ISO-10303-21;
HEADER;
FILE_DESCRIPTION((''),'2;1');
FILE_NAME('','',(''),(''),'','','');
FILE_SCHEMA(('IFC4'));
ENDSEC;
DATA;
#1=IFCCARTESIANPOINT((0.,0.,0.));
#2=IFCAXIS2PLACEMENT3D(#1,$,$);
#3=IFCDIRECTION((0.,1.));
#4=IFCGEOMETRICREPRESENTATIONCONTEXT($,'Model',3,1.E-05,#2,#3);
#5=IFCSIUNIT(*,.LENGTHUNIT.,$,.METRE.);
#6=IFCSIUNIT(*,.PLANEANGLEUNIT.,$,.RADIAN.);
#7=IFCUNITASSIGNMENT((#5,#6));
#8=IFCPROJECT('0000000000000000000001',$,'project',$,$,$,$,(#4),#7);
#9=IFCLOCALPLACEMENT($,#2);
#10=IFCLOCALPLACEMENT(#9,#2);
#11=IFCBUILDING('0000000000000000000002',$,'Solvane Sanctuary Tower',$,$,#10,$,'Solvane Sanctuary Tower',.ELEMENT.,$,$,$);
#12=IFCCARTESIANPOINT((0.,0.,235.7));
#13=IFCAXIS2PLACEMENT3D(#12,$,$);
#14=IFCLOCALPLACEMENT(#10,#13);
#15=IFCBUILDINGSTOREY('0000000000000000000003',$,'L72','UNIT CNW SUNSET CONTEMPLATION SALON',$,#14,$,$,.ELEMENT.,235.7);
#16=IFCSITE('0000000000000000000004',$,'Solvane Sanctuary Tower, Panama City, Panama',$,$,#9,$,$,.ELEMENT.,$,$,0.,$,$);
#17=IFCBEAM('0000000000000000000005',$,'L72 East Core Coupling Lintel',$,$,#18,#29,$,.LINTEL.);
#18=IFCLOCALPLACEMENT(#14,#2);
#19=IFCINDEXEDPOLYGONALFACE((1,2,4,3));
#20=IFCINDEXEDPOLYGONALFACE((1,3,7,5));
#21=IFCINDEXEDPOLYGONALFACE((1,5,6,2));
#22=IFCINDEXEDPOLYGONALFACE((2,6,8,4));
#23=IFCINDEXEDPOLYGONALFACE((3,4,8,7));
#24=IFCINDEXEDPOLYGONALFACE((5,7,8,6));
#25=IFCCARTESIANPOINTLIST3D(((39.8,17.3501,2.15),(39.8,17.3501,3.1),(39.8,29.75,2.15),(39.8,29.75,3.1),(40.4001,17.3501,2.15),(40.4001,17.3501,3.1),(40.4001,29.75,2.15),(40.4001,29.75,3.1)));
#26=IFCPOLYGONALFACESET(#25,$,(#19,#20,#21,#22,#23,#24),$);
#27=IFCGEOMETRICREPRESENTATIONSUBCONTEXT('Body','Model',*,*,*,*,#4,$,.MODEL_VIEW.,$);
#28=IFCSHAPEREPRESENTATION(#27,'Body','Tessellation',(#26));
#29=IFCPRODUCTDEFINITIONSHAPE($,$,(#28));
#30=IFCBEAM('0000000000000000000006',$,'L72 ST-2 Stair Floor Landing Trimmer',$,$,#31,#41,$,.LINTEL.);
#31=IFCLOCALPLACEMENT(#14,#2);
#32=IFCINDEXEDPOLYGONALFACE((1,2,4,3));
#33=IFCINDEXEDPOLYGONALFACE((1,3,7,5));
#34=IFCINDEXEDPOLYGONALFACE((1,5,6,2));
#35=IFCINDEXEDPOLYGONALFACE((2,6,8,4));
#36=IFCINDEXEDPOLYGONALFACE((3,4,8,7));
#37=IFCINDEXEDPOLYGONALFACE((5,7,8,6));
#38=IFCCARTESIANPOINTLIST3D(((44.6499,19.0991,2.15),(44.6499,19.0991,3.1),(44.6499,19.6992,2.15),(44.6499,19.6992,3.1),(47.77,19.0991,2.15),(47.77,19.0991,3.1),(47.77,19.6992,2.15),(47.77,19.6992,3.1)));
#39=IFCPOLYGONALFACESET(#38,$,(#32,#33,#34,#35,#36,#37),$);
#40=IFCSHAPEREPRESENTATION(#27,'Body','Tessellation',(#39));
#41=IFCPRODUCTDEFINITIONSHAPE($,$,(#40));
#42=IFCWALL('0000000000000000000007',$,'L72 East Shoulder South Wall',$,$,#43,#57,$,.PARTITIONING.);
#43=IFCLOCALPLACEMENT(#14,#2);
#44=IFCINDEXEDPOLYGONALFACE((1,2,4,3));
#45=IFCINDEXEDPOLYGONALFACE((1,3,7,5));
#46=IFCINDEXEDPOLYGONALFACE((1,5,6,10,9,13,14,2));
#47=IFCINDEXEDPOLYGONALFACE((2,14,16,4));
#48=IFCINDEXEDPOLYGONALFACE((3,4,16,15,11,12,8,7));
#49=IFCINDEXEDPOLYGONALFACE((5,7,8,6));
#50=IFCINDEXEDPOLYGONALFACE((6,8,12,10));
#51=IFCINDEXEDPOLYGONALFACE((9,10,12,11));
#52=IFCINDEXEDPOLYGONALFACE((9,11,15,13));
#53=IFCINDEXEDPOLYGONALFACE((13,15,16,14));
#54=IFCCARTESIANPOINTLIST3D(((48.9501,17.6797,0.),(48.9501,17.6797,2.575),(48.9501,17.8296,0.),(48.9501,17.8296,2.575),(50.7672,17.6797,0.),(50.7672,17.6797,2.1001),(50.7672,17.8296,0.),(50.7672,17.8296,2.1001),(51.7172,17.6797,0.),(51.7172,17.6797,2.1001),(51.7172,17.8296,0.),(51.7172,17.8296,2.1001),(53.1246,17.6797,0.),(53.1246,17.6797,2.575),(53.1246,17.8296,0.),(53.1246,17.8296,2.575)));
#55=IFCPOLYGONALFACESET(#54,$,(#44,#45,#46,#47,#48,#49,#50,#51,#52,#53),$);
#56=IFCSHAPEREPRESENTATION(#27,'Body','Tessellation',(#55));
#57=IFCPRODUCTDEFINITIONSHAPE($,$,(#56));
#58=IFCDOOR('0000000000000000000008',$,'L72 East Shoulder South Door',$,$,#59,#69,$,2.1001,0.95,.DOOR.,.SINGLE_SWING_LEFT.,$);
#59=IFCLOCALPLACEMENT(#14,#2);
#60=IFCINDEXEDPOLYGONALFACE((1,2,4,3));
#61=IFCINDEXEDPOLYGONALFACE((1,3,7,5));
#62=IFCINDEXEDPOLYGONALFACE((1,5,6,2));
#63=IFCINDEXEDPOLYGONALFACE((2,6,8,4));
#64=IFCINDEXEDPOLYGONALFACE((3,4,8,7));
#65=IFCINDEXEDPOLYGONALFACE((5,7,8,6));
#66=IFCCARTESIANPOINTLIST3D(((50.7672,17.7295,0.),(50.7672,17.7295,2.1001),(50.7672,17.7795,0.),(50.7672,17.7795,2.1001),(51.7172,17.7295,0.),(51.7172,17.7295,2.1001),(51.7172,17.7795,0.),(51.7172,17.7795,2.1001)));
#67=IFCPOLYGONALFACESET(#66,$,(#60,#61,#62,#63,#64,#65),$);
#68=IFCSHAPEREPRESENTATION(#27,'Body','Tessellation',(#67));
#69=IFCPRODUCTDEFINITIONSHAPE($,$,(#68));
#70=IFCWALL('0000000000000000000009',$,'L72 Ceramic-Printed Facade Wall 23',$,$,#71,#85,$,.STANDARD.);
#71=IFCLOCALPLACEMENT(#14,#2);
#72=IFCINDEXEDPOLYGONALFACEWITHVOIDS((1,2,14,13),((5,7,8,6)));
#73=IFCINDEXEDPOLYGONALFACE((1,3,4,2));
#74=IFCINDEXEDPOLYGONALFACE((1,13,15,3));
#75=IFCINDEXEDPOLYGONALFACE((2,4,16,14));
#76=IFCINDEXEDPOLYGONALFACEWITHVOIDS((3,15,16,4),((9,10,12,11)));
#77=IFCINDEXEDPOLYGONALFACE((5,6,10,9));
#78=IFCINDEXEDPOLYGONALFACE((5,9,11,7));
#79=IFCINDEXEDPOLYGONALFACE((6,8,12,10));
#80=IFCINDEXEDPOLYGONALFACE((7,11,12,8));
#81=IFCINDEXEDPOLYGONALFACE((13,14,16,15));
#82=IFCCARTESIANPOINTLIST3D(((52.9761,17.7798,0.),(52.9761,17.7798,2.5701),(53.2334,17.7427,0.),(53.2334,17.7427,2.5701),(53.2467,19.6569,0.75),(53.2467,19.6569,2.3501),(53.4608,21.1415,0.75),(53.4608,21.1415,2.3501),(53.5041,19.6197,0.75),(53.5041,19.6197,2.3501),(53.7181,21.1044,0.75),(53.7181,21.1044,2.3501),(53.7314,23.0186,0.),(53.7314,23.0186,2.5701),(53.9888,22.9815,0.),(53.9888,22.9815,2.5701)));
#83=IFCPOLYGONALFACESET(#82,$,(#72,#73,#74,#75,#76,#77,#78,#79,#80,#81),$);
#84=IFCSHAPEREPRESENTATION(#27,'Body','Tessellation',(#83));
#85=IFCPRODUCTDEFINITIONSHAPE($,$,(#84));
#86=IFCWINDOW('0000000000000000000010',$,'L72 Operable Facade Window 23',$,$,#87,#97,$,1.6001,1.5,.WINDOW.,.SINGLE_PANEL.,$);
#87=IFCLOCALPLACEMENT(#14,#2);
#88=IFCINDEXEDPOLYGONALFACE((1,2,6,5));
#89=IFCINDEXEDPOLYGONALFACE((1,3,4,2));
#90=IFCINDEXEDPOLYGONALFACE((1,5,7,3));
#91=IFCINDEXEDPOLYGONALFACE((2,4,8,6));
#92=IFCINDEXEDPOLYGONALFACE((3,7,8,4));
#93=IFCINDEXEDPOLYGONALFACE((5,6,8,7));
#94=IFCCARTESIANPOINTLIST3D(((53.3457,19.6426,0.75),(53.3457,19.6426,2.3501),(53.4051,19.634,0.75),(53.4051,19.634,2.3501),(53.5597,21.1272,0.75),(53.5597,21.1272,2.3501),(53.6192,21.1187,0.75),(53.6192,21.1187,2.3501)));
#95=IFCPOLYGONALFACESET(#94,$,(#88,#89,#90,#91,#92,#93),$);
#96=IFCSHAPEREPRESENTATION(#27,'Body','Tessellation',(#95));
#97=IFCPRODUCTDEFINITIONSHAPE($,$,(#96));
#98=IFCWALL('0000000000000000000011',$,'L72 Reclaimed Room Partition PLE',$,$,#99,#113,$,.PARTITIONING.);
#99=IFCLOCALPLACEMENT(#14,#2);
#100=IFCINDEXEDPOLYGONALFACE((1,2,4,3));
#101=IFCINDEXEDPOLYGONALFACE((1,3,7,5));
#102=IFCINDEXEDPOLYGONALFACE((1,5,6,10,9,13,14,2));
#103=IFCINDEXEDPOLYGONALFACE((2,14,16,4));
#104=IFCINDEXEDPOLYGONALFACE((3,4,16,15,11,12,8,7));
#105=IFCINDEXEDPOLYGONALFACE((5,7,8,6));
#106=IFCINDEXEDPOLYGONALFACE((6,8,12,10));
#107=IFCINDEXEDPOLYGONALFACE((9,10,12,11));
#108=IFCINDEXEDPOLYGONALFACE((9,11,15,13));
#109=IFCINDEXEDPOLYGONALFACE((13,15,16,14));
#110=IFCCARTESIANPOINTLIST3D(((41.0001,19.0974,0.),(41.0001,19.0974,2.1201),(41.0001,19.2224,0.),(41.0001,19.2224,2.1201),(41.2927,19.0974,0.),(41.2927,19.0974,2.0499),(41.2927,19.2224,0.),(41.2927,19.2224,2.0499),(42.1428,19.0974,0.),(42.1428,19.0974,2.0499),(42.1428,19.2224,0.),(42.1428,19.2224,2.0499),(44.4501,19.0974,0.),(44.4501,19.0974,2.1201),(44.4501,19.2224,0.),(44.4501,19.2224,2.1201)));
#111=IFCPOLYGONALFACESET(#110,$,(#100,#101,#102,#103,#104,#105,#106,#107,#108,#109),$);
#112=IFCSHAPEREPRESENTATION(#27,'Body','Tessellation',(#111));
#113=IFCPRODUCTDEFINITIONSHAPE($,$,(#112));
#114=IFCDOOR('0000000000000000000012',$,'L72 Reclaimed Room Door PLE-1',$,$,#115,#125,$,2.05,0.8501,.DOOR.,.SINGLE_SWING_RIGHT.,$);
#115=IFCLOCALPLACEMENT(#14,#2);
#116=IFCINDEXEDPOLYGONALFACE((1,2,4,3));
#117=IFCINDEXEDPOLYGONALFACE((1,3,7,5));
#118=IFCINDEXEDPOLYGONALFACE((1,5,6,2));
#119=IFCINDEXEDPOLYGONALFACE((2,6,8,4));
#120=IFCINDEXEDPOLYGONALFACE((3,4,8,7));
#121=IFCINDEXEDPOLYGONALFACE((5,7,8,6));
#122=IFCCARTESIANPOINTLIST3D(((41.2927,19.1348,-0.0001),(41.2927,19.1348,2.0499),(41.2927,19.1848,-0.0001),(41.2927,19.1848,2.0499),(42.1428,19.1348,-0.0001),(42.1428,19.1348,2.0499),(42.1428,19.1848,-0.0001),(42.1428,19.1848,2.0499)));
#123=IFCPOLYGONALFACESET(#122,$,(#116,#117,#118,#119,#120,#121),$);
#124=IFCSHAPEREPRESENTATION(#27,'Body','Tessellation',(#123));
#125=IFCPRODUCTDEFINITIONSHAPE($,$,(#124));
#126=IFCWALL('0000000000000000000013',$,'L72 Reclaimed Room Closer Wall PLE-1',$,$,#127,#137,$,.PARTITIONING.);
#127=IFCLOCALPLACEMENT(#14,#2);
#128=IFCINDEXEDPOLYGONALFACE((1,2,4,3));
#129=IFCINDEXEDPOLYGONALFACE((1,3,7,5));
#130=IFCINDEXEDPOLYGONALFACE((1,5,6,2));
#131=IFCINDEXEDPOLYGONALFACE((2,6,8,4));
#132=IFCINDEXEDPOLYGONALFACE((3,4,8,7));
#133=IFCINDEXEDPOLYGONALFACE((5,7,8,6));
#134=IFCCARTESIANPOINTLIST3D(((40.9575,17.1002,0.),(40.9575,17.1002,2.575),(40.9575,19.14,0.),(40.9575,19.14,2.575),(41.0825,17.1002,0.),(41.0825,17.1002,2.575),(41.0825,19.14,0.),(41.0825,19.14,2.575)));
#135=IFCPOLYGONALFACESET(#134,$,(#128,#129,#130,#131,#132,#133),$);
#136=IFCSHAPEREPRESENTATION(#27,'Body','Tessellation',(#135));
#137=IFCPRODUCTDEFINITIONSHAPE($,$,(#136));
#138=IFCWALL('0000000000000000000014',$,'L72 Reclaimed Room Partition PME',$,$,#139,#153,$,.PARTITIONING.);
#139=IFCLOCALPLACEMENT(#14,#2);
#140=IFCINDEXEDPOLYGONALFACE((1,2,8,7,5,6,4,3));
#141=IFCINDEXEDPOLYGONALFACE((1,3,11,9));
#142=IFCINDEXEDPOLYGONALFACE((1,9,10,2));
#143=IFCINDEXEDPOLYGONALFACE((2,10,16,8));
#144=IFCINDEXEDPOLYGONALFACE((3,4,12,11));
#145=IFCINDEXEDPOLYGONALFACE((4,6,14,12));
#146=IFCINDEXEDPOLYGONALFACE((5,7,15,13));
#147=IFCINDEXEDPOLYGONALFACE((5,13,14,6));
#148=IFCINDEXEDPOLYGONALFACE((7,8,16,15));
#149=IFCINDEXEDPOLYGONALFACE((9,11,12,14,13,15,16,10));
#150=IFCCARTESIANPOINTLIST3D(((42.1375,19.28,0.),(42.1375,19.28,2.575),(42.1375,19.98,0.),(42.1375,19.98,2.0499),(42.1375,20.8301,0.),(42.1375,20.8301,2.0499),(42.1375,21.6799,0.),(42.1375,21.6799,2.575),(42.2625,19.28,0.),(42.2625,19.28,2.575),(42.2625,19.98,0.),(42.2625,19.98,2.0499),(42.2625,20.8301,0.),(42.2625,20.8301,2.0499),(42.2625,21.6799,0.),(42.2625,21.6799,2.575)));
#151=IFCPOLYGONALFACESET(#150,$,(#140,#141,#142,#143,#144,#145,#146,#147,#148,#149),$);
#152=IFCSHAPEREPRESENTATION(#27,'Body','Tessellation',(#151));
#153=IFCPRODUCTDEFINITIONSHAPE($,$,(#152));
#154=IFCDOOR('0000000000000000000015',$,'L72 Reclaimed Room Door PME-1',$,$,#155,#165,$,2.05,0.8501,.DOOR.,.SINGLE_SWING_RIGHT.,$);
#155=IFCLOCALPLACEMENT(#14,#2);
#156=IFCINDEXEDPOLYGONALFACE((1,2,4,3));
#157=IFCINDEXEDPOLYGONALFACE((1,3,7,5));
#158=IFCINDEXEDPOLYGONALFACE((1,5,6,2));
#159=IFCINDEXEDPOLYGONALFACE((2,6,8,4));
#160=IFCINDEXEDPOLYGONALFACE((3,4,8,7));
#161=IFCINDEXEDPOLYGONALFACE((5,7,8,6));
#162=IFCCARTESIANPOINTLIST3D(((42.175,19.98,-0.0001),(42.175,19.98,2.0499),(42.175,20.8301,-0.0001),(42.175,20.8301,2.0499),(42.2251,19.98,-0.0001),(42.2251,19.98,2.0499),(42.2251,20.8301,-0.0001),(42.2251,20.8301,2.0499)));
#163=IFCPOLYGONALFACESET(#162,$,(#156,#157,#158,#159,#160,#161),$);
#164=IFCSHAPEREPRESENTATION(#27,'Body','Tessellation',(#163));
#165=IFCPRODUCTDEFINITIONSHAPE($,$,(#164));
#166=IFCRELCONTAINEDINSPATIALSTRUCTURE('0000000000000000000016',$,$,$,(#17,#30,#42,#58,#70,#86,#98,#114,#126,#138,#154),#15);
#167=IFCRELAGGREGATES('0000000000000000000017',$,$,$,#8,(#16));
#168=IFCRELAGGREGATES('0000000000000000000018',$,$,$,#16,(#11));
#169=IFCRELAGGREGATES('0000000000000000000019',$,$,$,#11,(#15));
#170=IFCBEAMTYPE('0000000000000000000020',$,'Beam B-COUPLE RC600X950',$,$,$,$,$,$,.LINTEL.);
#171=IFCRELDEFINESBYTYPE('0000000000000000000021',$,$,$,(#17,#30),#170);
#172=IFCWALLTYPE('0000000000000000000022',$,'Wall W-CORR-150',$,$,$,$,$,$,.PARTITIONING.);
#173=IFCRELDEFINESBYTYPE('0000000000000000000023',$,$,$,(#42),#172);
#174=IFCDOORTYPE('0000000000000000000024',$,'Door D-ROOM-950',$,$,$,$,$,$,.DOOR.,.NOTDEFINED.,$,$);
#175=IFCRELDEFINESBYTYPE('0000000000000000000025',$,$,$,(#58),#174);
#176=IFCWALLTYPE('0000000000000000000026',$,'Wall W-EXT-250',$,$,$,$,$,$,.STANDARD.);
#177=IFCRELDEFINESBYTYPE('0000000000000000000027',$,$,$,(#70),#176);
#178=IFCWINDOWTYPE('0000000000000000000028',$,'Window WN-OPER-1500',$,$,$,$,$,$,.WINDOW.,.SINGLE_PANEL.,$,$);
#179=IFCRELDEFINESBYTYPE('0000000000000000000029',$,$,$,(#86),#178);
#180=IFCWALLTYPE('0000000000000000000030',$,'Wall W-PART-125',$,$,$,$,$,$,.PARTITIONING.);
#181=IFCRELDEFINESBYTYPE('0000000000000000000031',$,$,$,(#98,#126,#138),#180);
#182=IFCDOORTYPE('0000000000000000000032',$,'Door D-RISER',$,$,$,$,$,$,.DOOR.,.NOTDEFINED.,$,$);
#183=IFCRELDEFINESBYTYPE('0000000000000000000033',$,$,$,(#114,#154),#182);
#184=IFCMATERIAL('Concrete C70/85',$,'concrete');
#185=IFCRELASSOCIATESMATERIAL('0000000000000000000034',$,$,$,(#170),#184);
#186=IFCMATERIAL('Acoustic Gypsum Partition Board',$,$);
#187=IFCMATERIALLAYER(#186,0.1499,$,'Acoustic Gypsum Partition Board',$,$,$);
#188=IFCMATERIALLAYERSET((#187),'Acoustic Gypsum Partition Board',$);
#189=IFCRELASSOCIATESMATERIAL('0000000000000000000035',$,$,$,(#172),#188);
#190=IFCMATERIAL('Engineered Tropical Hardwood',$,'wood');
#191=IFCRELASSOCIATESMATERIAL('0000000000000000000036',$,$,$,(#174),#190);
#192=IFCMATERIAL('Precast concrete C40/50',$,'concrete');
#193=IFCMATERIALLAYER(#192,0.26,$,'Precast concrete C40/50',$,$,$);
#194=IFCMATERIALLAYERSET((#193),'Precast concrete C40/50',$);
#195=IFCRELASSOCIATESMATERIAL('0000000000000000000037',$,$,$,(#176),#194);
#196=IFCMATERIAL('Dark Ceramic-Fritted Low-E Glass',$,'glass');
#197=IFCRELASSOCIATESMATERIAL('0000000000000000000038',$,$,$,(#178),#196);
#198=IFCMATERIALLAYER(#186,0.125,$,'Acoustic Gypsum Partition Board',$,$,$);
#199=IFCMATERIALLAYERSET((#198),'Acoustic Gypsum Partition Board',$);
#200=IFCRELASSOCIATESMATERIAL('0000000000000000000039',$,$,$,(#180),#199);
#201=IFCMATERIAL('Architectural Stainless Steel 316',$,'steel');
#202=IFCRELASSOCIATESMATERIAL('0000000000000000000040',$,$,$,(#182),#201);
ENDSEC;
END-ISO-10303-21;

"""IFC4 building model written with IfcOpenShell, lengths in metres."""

from ifc_helpers import new_model, si_unit, direction, frame, frame_2d, origin, origin_2d, place, context, subcontext, project, spatial, rectangle, extrude, material, layer, layer_set, material_profile, profile_set, type_object, element, fill, save


model = new_model("IFC4")

# Units and contexts
model_context = context("Model", 3, precision=1e-05, world=origin(), true_north=direction((0.0, 1.0)))
body_context = subcontext(model_context, "Body", "Model", "MODEL_VIEW")
ifc_project = project(units=[si_unit("LENGTHUNIT", "METRE"), si_unit("PLANEANGLEUNIT", "RADIAN")], contexts=[model_context])

# Site, building, storey
site_placement = place(None, origin())
site = spatial("IfcSite", under=ifc_project, at=site_placement, Name="Solvane Sanctuary Tower, Panama City, Panama", CompositionType="ELEMENT", RefElevation=0.0)
building_placement = place(site_placement, origin())
building = spatial("IfcBuilding", under=site, at=building_placement, Name="Solvane Sanctuary Tower", LongName="Solvane Sanctuary Tower", CompositionType="ELEMENT")
storey_placement = place(building_placement, frame((0.0, 0.0, 235.7)))
storey = spatial("IfcBuildingStorey", under=building, at=storey_placement, Name="L72", Description="UNIT CNW SUNSET CONTEMPLATION SALON", CompositionType="ELEMENT", Elevation=235.7)

# Beams
ifc_material_1 = material(Name="Concrete C70/85", Category="concrete")
ifc_material_profile = material_profile(ifc_material_1, rectangle(XDim=0.6001, YDim=0.95, at=origin_2d()), Name="RC600X950")
ifc_profile_set = profile_set([ifc_material_profile], Name="Concrete C70/85")
beam_type = type_object("IfcBeamType", Name="Beam B-COUPLE RC600X950", PredefinedType="LINTEL", material=ifc_profile_set)
beam_1_placement = place(storey_placement, frame((40.1001, 17.3501, 2.625), z_axis=(0.0, 1.0, 0.0), x_axis=(-1.0, 0.0, 0.0)))
element("IfcBeam", 1, at=beam_1_placement, inside=storey, type_object=beam_type, Name="L72 East Core Coupling Lintel", PredefinedType="LINTEL", context=body_context, shape_type="SweptSolid", body=[
    extrude(rectangle(XDim=0.6001, YDim=0.95, at=origin_2d()), origin(), (0.0, 0.0, 1.0), 12.3999),
])
beam_2_placement = place(storey_placement, frame((44.6499, 19.3992, 2.625), z_axis=(1.0, 0.0, 0.0), x_axis=(0.0, 1.0, 0.0)))
element("IfcBeam", 2, at=beam_2_placement, inside=storey, type_object=beam_type, Name="L72 ST-2 Stair Floor Landing Trimmer", PredefinedType="LINTEL", context=body_context, shape_type="SweptSolid", body=[
    extrude(rectangle(XDim=0.6001, YDim=0.95, at=origin_2d()), origin(), (0.0, 0.0, 1.0), 3.1201),
])

# Wall, opening, door
ifc_material_2 = material(Name="Acoustic Gypsum Partition Board")
ifc_layer_1 = layer(ifc_material_2, 0.1499, Name="Acoustic Gypsum Partition Board")
ifc_layer_set_1 = layer_set([ifc_layer_1], Name="Acoustic Gypsum Partition Board")
wall_type_1 = type_object("IfcWallType", Name="Wall W-CORR-150", PredefinedType="PARTITIONING", material=ifc_layer_set_1)
wall_1_placement = place(storey_placement, frame((48.95, 17.7546, 0.0), z_axis=(0.0, 0.0, 1.0), x_axis=(1.0, 0.0, 0.0)))
wall_1 = element("IfcWall", 3, at=wall_1_placement, inside=storey, type_object=wall_type_1, Name="L72 East Shoulder South Wall", PredefinedType="PARTITIONING", context=body_context, shape_type="SweptSolid", body=[
    extrude(rectangle(XDim=4.1746, YDim=0.1499, at=frame_2d((2.0874, 0.0))), origin(), (0.0, 0.0, 1.0), 2.575),
])
opening_1_placement = place(wall_1_placement, frame((1.8171, 0.0, 0.0)))
opening_1 = element("IfcOpeningElement", 4, at=opening_1_placement, cuts=wall_1, PredefinedType="OPENING", context=body_context, shape_type="SweptSolid", body=[
    extrude(rectangle(XDim=0.95, YDim=2.1001, at=frame_2d((0.4751, 1.05))), frame((0.0, 0.085, 0.0), z_axis=(0.0, -1.0, 0.0), x_axis=(1.0, 0.0, 0.0)), (0.0, 0.0, 1.0), 0.1699),
])
ifc_material_3 = material(Name="Engineered Tropical Hardwood", Category="wood")
door_type_1 = type_object("IfcDoorType", Name="Door D-ROOM-950", OperationType="NOTDEFINED", PredefinedType="DOOR", material=ifc_material_3)
door_1_placement = place(opening_1_placement, origin())
door_1 = element("IfcDoor", 5, at=door_1_placement, inside=storey, type_object=door_type_1, Name="L72 East Shoulder South Door", OperationType="SINGLE_SWING_LEFT", OverallHeight=2.1001, OverallWidth=0.95, PredefinedType="DOOR", context=body_context, shape_type="SweptSolid", body=[
    extrude(rectangle(XDim=0.95, YDim=2.1001, at=frame_2d((0.4751, 1.05))), frame((0.0, 0.0249, 0.0), z_axis=(0.0, -1.0, 0.0), x_axis=(1.0, 0.0, 0.0)), (0.0, 0.0, 1.0), 0.05),
])
fill(opening_1, door_1)

# Wall, opening, window
ifc_material_4 = material(Name="Precast concrete C40/50", Category="concrete")
ifc_layer_2 = layer(ifc_material_4, 0.26, Name="Precast concrete C40/50")
ifc_layer_set_2 = layer_set([ifc_layer_2], Name="Precast concrete C40/50")
wall_type_2 = type_object("IfcWallType", Name="Wall W-EXT-250", PredefinedType="STANDARD", material=ifc_layer_set_2)
wall_2_placement = place(storey_placement, frame((53.1047, 17.7612, 0.0), z_axis=(0.0, 0.0, 1.0), x_axis=(0.142713, 0.989764, 0.0)))
wall_2 = element("IfcWall", 6, at=wall_2_placement, inside=storey, type_object=wall_type_2, Name="L72 Ceramic-Printed Facade Wall 23", PredefinedType="STANDARD", context=body_context, shape_type="SweptSolid", body=[
    extrude(rectangle(XDim=5.293, YDim=0.26, at=frame_2d((2.6465, 0.0))), origin(), (0.0, 0.0, 1.0), 2.5701),
])
opening_2_placement = place(wall_2_placement, frame((1.8965, 0.0, 0.75)))
opening_2 = element("IfcOpeningElement", 7, at=opening_2_placement, cuts=wall_2, PredefinedType="OPENING", context=body_context, shape_type="SweptSolid", body=[
    extrude(rectangle(XDim=1.5, YDim=1.6001, at=frame_2d((0.75, 0.8))), frame((0.0, 0.1399, 0.0), z_axis=(0.0, -1.0, 0.0), x_axis=(1.0, 0.0, 0.0)), (0.0, 0.0, 1.0), 0.28),
])
ifc_material_5 = material(Name="Dark Ceramic-Fritted Low-E Glass", Category="glass")
window_type = type_object("IfcWindowType", Name="Window WN-OPER-1500", PartitioningType="SINGLE_PANEL", PredefinedType="WINDOW", material=ifc_material_5)
window_placement = place(opening_2_placement, origin())
window = element("IfcWindow", 8, at=window_placement, inside=storey, type_object=window_type, Name="L72 Operable Facade Window 23", OverallHeight=1.6001, OverallWidth=1.5, PartitioningType="SINGLE_PANEL", PredefinedType="WINDOW", context=body_context, shape_type="SweptSolid", body=[
    extrude(rectangle(XDim=1.5, YDim=1.6001, at=frame_2d((0.75, 0.8))), frame((0.0, 0.03, 0.0), z_axis=(0.0, -1.0, 0.0), x_axis=(1.0, 0.0, 0.0)), (0.0, 0.0, 1.0), 0.0601),
])
fill(opening_2, window)

# Wall, opening, door
ifc_layer_3 = layer(ifc_material_2, 0.125, Name="Acoustic Gypsum Partition Board")
ifc_layer_set_3 = layer_set([ifc_layer_3], Name="Acoustic Gypsum Partition Board")
wall_type_3 = type_object("IfcWallType", Name="Wall W-PART-125", PredefinedType="PARTITIONING", material=ifc_layer_set_3)
wall_3_placement = place(storey_placement, frame((41.0, 19.1599, 0.0), z_axis=(0.0, 0.0, 1.0), x_axis=(1.0, 0.0, 0.0)))
wall_3 = element("IfcWall", 9, at=wall_3_placement, inside=storey, type_object=wall_type_3, Name="L72 Reclaimed Room Partition PLE", PredefinedType="PARTITIONING", context=body_context, shape_type="SweptSolid", body=[
    extrude(rectangle(XDim=3.45, YDim=0.125, at=frame_2d((1.7251, 0.0))), origin(), (0.0, 0.0, 1.0), 2.1201),
])
opening_3_placement = place(wall_3_placement, frame((0.2927, 0.0, 0.0)))
opening_3 = element("IfcOpeningElement", 10, at=opening_3_placement, cuts=wall_3, PredefinedType="OPENING", context=body_context, shape_type="SweptSolid", body=[
    extrude(rectangle(XDim=0.8501, YDim=2.05, at=frame_2d((0.425, 1.0249))), frame((0.0, 0.0725, 0.0), z_axis=(0.0, -1.0, 0.0), x_axis=(1.0, 0.0, 0.0)), (0.0, 0.0, 1.0), 0.145),
])
ifc_material_6 = material(Name="Architectural Stainless Steel 316", Category="steel")
door_type_2 = type_object("IfcDoorType", Name="Door D-RISER", OperationType="NOTDEFINED", PredefinedType="DOOR", material=ifc_material_6)
door_2_placement = place(opening_3_placement, origin())
door_2 = element("IfcDoor", 11, at=door_2_placement, inside=storey, type_object=door_type_2, Name="L72 Reclaimed Room Door PLE-1", OperationType="SINGLE_SWING_RIGHT", OverallHeight=2.05, OverallWidth=0.8501, PredefinedType="DOOR", context=body_context, shape_type="SweptSolid", body=[
    extrude(rectangle(XDim=0.8501, YDim=2.05, at=frame_2d((0.425, 1.0249))), frame((0.0, 0.0249, 0.0), z_axis=(0.0, -1.0, 0.0), x_axis=(1.0, 0.0, 0.0)), (0.0, 0.0, 1.0), 0.05),
])
fill(opening_3, door_2)

# Wall
wall_4_placement = place(storey_placement, frame((41.02, 17.1001, 0.0), z_axis=(0.0, 0.0, 1.0), x_axis=(0.0, 1.0, 0.0)))
element("IfcWall", 12, at=wall_4_placement, inside=storey, type_object=wall_type_3, Name="L72 Reclaimed Room Closer Wall PLE-1", PredefinedType="PARTITIONING", context=body_context, shape_type="SweptSolid", body=[
    extrude(rectangle(XDim=2.0398, YDim=0.125, at=frame_2d((1.02, 0.0))), origin(), (0.0, 0.0, 1.0), 2.575),
])

# Wall, opening, door
wall_5_placement = place(storey_placement, frame((42.2, 19.28, 0.0), z_axis=(0.0, 0.0, 1.0), x_axis=(0.0, 1.0, 0.0)))
wall_5 = element("IfcWall", 13, at=wall_5_placement, inside=storey, type_object=wall_type_3, Name="L72 Reclaimed Room Partition PME", PredefinedType="PARTITIONING", context=body_context, shape_type="SweptSolid", body=[
    extrude(rectangle(XDim=2.3999, YDim=0.125, at=frame_2d((1.2, 0.0))), origin(), (0.0, 0.0, 1.0), 2.575),
])
opening_4_placement = place(wall_5_placement, frame((0.7, 0.0, 0.0)))
opening_4 = element("IfcOpeningElement", 14, at=opening_4_placement, cuts=wall_5, PredefinedType="OPENING", context=body_context, shape_type="SweptSolid", body=[
    extrude(rectangle(XDim=0.8501, YDim=2.05, at=frame_2d((0.425, 1.0249))), frame((0.0, 0.0725, 0.0), z_axis=(0.0, -1.0, 0.0), x_axis=(1.0, 0.0, 0.0)), (0.0, 0.0, 1.0), 0.145),
])
door_3_placement = place(opening_4_placement, origin())
door_3 = element("IfcDoor", 15, at=door_3_placement, inside=storey, type_object=door_type_2, Name="L72 Reclaimed Room Door PME-1", OperationType="SINGLE_SWING_RIGHT", OverallHeight=2.05, OverallWidth=0.8501, PredefinedType="DOOR", context=body_context, shape_type="SweptSolid", body=[
    extrude(rectangle(XDim=0.8501, YDim=2.05, at=frame_2d((0.425, 1.0249))), frame((0.0, 0.0249, 0.0), z_axis=(0.0, -1.0, 0.0), x_axis=(1.0, 0.0, 0.0)), (0.0, 0.0, 1.0), 0.05),
])
fill(opening_4, door_3)

save(model, "model.ifc")
